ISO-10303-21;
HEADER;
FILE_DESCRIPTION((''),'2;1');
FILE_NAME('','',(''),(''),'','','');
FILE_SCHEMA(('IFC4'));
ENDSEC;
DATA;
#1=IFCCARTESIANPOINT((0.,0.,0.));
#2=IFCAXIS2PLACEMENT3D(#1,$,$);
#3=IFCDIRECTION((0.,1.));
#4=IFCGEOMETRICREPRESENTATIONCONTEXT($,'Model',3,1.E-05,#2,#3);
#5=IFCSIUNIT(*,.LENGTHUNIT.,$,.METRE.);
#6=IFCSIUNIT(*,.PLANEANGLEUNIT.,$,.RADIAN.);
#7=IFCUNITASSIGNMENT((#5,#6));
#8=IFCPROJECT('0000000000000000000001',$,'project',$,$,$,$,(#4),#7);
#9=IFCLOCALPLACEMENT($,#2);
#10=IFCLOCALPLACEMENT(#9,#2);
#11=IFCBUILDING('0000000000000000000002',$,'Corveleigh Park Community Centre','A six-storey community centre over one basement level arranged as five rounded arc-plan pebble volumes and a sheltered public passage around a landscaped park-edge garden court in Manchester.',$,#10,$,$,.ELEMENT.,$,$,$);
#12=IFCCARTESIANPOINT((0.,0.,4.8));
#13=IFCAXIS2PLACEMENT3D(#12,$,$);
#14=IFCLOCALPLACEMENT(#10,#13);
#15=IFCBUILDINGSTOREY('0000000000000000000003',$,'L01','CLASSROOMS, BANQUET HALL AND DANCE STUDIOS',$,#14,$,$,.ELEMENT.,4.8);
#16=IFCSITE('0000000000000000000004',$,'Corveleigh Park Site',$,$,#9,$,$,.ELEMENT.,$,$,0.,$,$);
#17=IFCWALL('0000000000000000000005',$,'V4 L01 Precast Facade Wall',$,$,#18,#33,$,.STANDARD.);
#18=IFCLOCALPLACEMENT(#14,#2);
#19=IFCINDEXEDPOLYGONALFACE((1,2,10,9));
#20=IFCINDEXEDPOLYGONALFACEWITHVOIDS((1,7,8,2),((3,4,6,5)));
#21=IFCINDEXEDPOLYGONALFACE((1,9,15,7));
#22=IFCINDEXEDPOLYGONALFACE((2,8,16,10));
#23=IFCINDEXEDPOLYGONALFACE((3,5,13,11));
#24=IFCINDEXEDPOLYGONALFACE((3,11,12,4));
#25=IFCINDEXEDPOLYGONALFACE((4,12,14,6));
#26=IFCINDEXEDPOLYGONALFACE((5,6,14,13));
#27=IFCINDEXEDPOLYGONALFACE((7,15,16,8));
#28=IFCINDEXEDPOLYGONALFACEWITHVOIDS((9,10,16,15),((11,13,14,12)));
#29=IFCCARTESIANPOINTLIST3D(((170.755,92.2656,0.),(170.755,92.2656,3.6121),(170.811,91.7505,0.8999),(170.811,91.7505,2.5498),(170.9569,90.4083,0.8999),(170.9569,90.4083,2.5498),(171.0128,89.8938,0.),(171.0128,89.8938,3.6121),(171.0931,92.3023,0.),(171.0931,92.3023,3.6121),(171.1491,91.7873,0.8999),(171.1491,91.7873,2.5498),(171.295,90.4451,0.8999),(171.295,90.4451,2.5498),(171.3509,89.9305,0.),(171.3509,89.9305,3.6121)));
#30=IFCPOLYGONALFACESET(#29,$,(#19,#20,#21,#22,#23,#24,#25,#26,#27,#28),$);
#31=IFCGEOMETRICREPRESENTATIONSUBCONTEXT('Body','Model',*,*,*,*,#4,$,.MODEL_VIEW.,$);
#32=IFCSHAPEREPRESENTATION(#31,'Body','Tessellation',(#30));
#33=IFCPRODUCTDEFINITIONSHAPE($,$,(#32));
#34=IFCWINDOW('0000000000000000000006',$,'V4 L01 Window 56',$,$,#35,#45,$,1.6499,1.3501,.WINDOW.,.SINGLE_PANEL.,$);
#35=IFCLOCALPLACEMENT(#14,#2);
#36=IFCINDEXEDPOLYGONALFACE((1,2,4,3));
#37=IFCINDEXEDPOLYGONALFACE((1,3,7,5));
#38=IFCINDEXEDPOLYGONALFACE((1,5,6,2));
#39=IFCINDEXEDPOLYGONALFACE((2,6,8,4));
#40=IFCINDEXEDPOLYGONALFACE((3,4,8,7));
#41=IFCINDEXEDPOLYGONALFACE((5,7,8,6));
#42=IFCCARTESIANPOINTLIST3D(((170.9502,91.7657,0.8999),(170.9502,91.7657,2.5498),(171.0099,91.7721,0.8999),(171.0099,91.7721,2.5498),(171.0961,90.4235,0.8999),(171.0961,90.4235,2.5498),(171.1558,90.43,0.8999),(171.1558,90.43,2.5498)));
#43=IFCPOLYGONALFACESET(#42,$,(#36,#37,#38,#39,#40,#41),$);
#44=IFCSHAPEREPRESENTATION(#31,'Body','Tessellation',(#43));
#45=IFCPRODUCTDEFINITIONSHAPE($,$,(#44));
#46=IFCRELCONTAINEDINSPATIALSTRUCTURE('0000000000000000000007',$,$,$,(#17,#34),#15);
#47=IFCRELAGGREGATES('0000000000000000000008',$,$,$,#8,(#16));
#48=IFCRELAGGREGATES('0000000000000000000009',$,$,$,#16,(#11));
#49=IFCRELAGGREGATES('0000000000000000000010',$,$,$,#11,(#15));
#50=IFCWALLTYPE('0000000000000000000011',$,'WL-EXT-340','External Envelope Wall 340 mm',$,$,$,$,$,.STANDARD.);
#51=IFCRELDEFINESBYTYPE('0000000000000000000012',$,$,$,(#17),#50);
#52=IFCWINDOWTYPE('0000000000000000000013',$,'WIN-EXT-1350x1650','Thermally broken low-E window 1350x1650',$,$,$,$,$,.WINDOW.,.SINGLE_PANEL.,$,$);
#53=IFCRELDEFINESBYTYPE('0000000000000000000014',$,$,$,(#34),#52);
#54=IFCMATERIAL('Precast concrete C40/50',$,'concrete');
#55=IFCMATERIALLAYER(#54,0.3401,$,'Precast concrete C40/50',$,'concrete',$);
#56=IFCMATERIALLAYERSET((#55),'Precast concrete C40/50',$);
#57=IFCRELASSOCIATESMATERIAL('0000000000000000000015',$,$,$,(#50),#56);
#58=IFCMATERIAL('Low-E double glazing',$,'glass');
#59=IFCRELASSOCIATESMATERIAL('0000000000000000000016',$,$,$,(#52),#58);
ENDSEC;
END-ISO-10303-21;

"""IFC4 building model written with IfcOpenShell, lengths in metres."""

from ifc_helpers import new_model, si_unit, direction, frame, frame_2d, origin, place, context, subcontext, project, spatial, rectangle, extrude, material, layer, layer_set, type_object, element, fill, save


model = new_model("IFC4")

# Units and contexts
model_context = context("Model", 3, precision=1e-05, world=origin(), true_north=direction((0.0, 1.0)))
body_context = subcontext(model_context, "Body", "Model", "MODEL_VIEW")
ifc_project = project(units=[si_unit("LENGTHUNIT", "METRE"), si_unit("PLANEANGLEUNIT", "RADIAN")], contexts=[model_context])

# Site, building, storey
site_placement = place(None, origin())
site = spatial("IfcSite", under=ifc_project, at=site_placement, Name="Corveleigh Park Site", CompositionType="ELEMENT", RefElevation=0.0)
building_placement = place(site_placement, origin())
building = spatial("IfcBuilding", under=site, at=building_placement, Name="Corveleigh Park Community Centre", Description="A six-storey community centre over one basement level arranged as five rounded arc-plan pebble volumes and a sheltered public passage around a landscaped park-edge garden court in Manchester.", CompositionType="ELEMENT")
storey_placement = place(building_placement, frame((0.0, 0.0, 4.8)))
storey = spatial("IfcBuildingStorey", under=building, at=storey_placement, Name="L01", Description="CLASSROOMS, BANQUET HALL AND DANCE STUDIOS", CompositionType="ELEMENT", Elevation=4.8)

# Shared definitions
ifc_material_1 = material(Name="Low-E double glazing", Category="glass")

# Wall, opening, window
ifc_material_2 = material(Name="Precast concrete C40/50", Category="concrete")
ifc_layer_1 = layer(ifc_material_2, 0.3401, Name="Precast concrete C40/50", Category="concrete")
ifc_layer_set_1 = layer_set([ifc_layer_1], Name="Precast concrete C40/50")
wall_type = type_object("IfcWallType", Name="WL-EXT-340", Description="External Envelope Wall 340 mm", PredefinedType="STANDARD", material=ifc_layer_set_1)
wall_placement = place(storey_placement, frame((170.9241, 92.2839, 0.0), z_axis=(0.0, 0.0, 1.0), x_axis=(0.108061, -0.994144, 0.0)))
wall = element("IfcWall", 1, at=wall_placement, inside=storey, type_object=wall_type, Name="V4 L01 Precast Facade Wall", PredefinedType="STANDARD", context=body_context, shape_type="SweptSolid", body=[
    extrude(rectangle(XDim=2.3857, YDim=0.3401, at=frame_2d((1.1929, 0.0))), origin(), (0.0, 0.0, 1.0), 3.6121),
])
opening_placement = place(wall_placement, frame((0.5181, 0.0, 0.8999)))
opening = element("IfcOpeningElement", 2, at=opening_placement, cuts=wall, PredefinedType="OPENING", context=body_context, shape_type="SweptSolid", body=[
    extrude(rectangle(XDim=1.3501, YDim=1.6499, at=frame_2d((0.675, 0.825))), frame((0.0, 0.1799, 0.0), z_axis=(0.0, -1.0, 0.0), x_axis=(1.0, 0.0, 0.0)), (0.0, 0.0, 1.0), 0.3601),
])
window_type = type_object("IfcWindowType", Name="WIN-EXT-1350x1650", Description="Thermally broken low-E window 1350x1650", PartitioningType="SINGLE_PANEL", PredefinedType="WINDOW", material=ifc_material_1)
window_placement = place(opening_placement, origin())
window = element("IfcWindow", 3, at=window_placement, inside=storey, type_object=window_type, Name="V4 L01 Window 56", OverallHeight=1.6499, OverallWidth=1.3501, PartitioningType="SINGLE_PANEL", PredefinedType="WINDOW", context=body_context, shape_type="SweptSolid", body=[
    extrude(rectangle(XDim=1.3501, YDim=1.6499, at=frame_2d((0.675, 0.825))), frame((0.0, 0.03, 0.0), z_axis=(0.0, -1.0, 0.0), x_axis=(1.0, 0.0, 0.0)), (0.0, 0.0, 1.0), 0.0601),
])
fill(opening, window)

save(model, "model.ifc")
